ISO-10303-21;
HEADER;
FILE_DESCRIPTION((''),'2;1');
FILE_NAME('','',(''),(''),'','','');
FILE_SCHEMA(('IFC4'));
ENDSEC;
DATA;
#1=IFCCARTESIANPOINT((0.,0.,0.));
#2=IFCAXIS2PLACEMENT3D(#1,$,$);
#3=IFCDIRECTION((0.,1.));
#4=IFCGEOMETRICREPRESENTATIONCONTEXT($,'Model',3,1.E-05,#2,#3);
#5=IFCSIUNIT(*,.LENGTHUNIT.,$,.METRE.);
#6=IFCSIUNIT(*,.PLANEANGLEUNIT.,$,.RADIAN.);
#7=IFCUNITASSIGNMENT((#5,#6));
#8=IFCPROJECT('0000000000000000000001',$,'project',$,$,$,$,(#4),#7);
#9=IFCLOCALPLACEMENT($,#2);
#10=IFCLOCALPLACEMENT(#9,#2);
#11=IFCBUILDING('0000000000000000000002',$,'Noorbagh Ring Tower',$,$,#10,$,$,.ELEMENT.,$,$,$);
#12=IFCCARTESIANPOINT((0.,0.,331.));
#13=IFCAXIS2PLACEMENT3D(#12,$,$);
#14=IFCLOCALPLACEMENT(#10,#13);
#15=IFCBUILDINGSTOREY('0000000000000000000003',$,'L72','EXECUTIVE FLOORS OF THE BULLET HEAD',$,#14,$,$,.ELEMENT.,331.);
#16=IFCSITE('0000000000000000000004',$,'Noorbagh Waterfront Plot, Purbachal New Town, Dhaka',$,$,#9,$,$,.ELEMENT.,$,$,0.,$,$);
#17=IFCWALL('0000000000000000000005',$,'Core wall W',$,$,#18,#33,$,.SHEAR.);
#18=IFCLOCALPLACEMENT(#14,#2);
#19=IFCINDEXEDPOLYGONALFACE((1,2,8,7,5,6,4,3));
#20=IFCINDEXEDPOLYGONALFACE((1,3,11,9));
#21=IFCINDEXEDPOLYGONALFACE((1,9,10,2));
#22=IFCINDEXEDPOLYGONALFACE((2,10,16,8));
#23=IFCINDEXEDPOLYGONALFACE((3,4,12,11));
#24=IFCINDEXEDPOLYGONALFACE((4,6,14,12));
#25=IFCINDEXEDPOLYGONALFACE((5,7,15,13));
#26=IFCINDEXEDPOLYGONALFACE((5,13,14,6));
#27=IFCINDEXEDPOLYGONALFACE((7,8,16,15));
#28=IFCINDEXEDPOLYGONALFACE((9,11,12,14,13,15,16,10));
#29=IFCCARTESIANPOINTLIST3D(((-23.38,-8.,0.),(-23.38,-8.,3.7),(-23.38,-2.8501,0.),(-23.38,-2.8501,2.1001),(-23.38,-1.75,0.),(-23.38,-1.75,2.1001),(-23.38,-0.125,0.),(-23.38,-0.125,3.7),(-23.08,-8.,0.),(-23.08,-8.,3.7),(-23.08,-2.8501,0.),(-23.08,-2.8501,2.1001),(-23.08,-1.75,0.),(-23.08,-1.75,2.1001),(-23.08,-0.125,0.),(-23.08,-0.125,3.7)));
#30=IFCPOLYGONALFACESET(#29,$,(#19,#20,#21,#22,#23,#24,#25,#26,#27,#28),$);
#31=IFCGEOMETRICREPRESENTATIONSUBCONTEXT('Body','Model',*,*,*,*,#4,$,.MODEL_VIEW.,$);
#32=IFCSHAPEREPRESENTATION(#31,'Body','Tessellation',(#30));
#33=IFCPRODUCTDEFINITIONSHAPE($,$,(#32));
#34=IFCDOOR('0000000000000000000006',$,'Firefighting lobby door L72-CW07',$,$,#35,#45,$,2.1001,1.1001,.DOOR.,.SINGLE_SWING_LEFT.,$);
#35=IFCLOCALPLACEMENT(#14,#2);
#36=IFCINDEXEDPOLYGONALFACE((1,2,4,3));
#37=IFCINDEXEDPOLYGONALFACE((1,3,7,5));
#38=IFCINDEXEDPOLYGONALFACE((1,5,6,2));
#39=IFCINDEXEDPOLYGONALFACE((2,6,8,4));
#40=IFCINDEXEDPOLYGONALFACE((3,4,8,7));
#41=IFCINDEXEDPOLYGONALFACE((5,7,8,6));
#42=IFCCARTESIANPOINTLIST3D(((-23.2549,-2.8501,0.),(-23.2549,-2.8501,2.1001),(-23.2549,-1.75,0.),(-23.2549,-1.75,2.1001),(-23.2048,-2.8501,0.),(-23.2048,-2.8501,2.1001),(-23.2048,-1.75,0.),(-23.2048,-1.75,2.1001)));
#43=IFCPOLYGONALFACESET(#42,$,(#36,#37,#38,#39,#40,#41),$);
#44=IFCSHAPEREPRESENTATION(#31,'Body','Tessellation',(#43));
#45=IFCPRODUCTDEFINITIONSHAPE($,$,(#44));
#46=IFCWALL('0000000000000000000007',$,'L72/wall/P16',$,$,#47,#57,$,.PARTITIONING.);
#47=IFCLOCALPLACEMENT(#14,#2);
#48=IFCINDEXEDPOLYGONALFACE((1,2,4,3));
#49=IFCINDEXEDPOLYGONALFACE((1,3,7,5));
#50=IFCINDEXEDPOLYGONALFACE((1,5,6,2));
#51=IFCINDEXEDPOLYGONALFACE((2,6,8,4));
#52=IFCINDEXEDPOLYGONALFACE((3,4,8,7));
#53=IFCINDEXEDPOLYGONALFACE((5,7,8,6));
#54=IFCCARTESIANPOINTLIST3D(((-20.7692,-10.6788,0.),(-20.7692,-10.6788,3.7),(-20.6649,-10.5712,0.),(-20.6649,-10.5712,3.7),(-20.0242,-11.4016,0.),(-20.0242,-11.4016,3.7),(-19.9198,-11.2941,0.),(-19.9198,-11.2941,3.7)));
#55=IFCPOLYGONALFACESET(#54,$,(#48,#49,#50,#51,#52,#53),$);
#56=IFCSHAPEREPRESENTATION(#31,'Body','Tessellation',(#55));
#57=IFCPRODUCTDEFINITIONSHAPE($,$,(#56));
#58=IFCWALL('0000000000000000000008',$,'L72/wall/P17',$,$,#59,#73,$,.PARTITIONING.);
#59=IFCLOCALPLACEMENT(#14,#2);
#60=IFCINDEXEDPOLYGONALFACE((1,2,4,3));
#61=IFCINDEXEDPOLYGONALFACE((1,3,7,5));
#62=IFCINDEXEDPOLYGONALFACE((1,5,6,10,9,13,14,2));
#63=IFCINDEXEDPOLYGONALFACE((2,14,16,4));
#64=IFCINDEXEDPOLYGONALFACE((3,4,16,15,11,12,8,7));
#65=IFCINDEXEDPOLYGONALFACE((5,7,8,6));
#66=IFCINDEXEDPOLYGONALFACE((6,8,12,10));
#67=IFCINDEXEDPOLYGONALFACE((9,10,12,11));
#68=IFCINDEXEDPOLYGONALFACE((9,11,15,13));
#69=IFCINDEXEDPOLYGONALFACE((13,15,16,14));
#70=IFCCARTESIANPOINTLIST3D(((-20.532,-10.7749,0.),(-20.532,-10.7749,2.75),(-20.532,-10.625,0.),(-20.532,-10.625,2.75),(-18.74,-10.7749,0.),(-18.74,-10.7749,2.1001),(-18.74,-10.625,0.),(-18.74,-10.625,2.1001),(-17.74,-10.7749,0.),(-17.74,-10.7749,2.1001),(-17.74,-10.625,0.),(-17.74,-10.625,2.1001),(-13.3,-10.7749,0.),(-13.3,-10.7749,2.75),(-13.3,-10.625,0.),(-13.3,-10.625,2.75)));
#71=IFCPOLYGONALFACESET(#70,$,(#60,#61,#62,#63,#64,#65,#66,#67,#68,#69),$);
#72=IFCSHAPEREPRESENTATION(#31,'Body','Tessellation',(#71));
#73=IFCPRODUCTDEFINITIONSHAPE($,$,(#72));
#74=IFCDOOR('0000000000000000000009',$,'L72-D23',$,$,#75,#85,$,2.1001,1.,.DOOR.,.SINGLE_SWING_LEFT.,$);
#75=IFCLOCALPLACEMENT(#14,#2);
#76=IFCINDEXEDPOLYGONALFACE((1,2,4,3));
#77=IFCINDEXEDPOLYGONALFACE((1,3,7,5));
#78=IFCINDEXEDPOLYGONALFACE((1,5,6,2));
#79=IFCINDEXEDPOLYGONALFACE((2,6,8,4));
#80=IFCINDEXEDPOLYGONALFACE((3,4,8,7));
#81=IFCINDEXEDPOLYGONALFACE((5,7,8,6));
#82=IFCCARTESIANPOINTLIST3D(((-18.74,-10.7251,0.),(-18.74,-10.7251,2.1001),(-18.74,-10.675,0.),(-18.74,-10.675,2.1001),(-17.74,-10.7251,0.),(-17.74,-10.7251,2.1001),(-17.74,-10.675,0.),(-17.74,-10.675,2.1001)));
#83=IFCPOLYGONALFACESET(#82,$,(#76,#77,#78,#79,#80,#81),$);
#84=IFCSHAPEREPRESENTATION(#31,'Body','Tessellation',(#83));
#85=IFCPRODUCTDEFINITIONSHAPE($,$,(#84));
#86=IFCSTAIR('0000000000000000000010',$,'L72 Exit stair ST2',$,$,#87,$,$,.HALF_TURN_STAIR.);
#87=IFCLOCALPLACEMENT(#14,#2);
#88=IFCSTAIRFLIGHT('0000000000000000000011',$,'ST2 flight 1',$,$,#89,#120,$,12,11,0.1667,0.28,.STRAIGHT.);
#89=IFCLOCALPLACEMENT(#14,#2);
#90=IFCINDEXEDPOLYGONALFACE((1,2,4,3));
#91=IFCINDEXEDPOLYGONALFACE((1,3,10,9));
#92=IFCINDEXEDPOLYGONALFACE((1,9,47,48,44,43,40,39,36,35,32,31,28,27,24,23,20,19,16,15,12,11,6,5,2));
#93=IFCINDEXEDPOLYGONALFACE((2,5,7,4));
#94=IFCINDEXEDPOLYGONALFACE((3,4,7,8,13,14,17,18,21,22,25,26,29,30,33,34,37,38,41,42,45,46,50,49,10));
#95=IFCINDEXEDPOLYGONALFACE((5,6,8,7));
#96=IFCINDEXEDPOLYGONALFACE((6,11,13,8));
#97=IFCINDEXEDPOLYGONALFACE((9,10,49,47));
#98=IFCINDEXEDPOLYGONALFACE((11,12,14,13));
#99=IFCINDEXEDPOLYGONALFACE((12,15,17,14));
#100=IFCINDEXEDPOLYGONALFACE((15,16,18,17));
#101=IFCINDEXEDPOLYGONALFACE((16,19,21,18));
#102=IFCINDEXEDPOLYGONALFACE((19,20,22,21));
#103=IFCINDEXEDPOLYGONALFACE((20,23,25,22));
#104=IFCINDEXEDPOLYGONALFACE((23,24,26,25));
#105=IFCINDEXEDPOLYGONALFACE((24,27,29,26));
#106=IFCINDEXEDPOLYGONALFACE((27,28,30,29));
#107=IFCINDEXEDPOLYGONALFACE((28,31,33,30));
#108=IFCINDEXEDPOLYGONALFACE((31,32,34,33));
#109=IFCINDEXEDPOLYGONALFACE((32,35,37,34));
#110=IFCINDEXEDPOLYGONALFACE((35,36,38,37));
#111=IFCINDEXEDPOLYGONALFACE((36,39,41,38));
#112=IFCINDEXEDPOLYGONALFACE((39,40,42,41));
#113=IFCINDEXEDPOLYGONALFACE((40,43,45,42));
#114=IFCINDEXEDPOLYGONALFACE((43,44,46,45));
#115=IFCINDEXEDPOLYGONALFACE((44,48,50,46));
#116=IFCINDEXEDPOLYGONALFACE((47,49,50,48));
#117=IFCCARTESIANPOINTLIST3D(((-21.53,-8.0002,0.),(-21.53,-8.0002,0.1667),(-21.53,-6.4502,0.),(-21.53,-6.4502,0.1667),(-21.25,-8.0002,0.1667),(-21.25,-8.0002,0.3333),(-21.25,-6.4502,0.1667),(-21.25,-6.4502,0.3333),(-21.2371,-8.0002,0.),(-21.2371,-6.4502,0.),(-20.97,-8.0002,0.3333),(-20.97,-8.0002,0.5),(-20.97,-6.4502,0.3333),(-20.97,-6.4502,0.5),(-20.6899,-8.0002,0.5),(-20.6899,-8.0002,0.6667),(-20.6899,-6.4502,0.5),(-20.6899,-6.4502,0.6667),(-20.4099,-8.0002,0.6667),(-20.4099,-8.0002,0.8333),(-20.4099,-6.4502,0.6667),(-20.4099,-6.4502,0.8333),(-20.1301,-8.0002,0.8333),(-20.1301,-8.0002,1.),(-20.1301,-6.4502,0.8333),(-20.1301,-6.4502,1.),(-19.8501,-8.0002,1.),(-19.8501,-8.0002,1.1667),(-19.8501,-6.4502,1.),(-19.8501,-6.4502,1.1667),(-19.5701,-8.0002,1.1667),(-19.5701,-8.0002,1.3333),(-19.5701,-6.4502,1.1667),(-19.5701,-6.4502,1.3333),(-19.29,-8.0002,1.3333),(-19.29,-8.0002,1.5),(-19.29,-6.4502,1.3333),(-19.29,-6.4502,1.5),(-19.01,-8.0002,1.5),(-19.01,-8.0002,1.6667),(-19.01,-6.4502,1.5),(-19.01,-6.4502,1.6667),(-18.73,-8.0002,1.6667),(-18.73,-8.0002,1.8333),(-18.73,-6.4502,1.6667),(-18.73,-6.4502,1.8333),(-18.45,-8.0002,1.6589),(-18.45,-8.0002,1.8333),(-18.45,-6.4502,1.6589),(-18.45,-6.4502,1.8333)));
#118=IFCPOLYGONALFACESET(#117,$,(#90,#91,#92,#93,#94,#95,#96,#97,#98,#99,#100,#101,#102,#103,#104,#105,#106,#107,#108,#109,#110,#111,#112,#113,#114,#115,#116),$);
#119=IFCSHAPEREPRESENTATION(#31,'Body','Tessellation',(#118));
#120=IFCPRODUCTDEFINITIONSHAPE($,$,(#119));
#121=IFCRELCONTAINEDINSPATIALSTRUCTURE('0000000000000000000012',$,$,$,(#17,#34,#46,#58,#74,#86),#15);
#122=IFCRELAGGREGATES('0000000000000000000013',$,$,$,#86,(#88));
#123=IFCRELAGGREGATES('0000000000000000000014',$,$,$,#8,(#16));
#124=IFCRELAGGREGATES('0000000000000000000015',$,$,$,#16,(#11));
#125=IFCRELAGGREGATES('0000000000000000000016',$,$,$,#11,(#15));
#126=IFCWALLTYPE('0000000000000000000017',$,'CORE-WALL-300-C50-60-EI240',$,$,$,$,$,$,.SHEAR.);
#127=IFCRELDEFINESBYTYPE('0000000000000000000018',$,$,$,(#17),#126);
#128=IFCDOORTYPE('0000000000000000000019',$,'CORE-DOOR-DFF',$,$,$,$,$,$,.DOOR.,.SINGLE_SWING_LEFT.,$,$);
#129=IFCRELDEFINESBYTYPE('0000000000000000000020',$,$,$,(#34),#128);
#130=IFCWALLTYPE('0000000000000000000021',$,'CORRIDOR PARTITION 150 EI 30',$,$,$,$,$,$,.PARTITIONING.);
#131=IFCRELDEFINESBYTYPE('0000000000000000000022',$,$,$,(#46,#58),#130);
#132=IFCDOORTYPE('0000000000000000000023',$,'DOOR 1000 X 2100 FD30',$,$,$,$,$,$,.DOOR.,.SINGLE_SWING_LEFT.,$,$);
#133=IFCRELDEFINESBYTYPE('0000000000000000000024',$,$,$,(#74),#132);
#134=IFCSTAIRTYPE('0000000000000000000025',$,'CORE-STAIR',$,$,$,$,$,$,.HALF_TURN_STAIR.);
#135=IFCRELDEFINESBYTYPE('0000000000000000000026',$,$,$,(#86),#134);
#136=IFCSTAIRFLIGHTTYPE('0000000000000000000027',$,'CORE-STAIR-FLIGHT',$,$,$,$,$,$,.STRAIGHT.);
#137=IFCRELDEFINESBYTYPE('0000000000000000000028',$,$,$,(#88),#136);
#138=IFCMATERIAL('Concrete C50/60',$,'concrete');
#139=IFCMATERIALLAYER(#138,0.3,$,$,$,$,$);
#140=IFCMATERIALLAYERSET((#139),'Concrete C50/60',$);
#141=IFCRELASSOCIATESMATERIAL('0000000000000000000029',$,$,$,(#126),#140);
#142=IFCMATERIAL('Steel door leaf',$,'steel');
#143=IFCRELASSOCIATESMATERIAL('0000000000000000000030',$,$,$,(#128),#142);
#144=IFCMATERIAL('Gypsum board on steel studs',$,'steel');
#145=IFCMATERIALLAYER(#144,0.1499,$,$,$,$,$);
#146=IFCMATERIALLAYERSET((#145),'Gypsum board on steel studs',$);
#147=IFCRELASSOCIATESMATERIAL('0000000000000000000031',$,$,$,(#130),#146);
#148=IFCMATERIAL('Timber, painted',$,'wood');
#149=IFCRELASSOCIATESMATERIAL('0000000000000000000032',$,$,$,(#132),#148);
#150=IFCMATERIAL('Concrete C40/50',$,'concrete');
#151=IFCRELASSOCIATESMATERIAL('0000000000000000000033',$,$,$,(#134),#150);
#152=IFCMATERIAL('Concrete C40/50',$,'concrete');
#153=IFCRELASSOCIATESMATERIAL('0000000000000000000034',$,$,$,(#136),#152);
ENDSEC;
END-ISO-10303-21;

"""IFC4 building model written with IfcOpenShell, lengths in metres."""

from ifc_helpers import new_model, si_unit, direction, frame, frame_2d, origin, place, context, subcontext, project, spatial, polyline, rectangle, outline, extrude, material, layer, layer_set, type_object, element, fill, aggregate, save


model = new_model("IFC4")

# Units and contexts
model_context = context("Model", 3, precision=1e-05, world=origin(), true_north=direction((0.0, 1.0)))
body_context = subcontext(model_context, "Body", "Model", "MODEL_VIEW")
ifc_project = project(units=[si_unit("LENGTHUNIT", "METRE"), si_unit("PLANEANGLEUNIT", "RADIAN")], contexts=[model_context])

# Site, building, storey
site_placement = place(None, origin())
site = spatial("IfcSite", under=ifc_project, at=site_placement, Name="Noorbagh Waterfront Plot, Purbachal New Town, Dhaka", CompositionType="ELEMENT", RefElevation=0.0)
building_placement = place(site_placement, origin())
building = spatial("IfcBuilding", under=site, at=building_placement, Name="Noorbagh Ring Tower", CompositionType="ELEMENT")
storey_placement = place(building_placement, frame((0.0, 0.0, 331.0)))
storey = spatial("IfcBuildingStorey", under=building, at=storey_placement, Name="L72", Description="EXECUTIVE FLOORS OF THE BULLET HEAD", CompositionType="ELEMENT", Elevation=331.0)

# Wall, opening, door
ifc_material_1 = material(Name="Concrete C50/60", Category="concrete")
ifc_layer_1 = layer(ifc_material_1, 0.3)
ifc_layer_set_1 = layer_set([ifc_layer_1], Name="Concrete C50/60")
wall_type_1 = type_object("IfcWallType", Name="CORE-WALL-300-C50-60-EI240", PredefinedType="SHEAR", material=ifc_layer_set_1)
wall_1_placement = place(storey_placement, frame((-23.23, -8.0, 0.0), z_axis=(0.0, 0.0, 1.0), x_axis=(0.0, 1.0, 0.0)))
wall_1 = element("IfcWall", 1, at=wall_1_placement, inside=storey, type_object=wall_type_1, Name="Core wall W", PredefinedType="SHEAR", context=body_context, shape_type="SweptSolid", body=[
    extrude(rectangle(XDim=7.875, YDim=0.3, at=frame_2d((3.9375, 0.0))), origin(), (0.0, 0.0, 1.0), 3.7),
])
opening_1_placement = place(wall_1_placement, frame((5.1499, 0.0, 0.0)))
opening_1 = element("IfcOpeningElement", 2, at=opening_1_placement, cuts=wall_1, PredefinedType="OPENING", context=body_context, shape_type="SweptSolid", body=[
    extrude(rectangle(XDim=1.1001, YDim=2.1001, at=frame_2d((0.55, 1.05))), frame((0.0, 0.1602, 0.0), z_axis=(0.0, -1.0, 0.0), x_axis=(1.0, 0.0, 0.0)), (0.0, 0.0, 1.0), 0.3201),
])
ifc_material_2 = material(Name="Steel door leaf", Category="steel")
door_type_1 = type_object("IfcDoorType", Name="CORE-DOOR-DFF", OperationType="SINGLE_SWING_LEFT", PredefinedType="DOOR", material=ifc_material_2)
door_1_placement = place(opening_1_placement, origin())
door_1 = element("IfcDoor", 3, at=door_1_placement, inside=storey, type_object=door_type_1, Name="Firefighting lobby door L72-CW07", OperationType="SINGLE_SWING_LEFT", OverallHeight=2.1001, OverallWidth=1.1001, PredefinedType="DOOR", context=body_context, shape_type="SweptSolid", body=[
    extrude(rectangle(XDim=1.1001, YDim=2.1001, at=frame_2d((0.55, 1.05))), frame((0.0, 0.0249, 0.0), z_axis=(0.0, -1.0, 0.0), x_axis=(1.0, 0.0, 0.0)), (0.0, 0.0, 1.0), 0.05),
])
fill(opening_1, door_1)

# Wall
ifc_material_3 = material(Name="Gypsum board on steel studs", Category="steel")
ifc_layer_2 = layer(ifc_material_3, 0.1499)
ifc_layer_set_2 = layer_set([ifc_layer_2], Name="Gypsum board on steel studs")
wall_type_2 = type_object("IfcWallType", Name="CORRIDOR PARTITION 150 EI 30", PredefinedType="PARTITIONING", material=ifc_layer_set_2)
wall_2_placement = place(storey_placement, frame((-20.717, -10.625, 0.0), z_axis=(0.0, 0.0, 1.0), x_axis=(0.717726, -0.696326, 0.0)))
element("IfcWall", 4, at=wall_2_placement, inside=storey, type_object=wall_type_2, Name="L72/wall/P16", PredefinedType="PARTITIONING", context=body_context, shape_type="SweptSolid", body=[
    extrude(rectangle(XDim=1.0381, YDim=0.1499, at=frame_2d((0.519, 0.0))), origin(), (0.0, 0.0, 1.0), 3.7),
])

# Wall, opening, door
wall_3_placement = place(storey_placement, frame((-20.532, -10.7, 0.0), z_axis=(0.0, 0.0, 1.0), x_axis=(1.0, 0.0, 0.0)))
wall_3 = element("IfcWall", 5, at=wall_3_placement, inside=storey, type_object=wall_type_2, Name="L72/wall/P17", PredefinedType="PARTITIONING", context=body_context, shape_type="SweptSolid", body=[
    extrude(rectangle(XDim=7.2319, YDim=0.1499, at=frame_2d((3.616, 0.0))), origin(), (0.0, 0.0, 1.0), 2.75),
])
opening_2_placement = place(wall_3_placement, frame((1.792, 0.0, 0.0)))
opening_2 = element("IfcOpeningElement", 6, at=opening_2_placement, cuts=wall_3, PredefinedType="OPENING", context=body_context, shape_type="SweptSolid", body=[
    extrude(rectangle(XDim=1.0, YDim=2.1001, at=frame_2d((0.5, 1.05))), frame((0.0, 0.085, 0.0), z_axis=(0.0, -1.0, 0.0), x_axis=(1.0, 0.0, 0.0)), (0.0, 0.0, 1.0), 0.1699),
])
ifc_material_4 = material(Name="Timber, painted", Category="wood")
door_type_2 = type_object("IfcDoorType", Name="DOOR 1000 X 2100 FD30", OperationType="SINGLE_SWING_LEFT", PredefinedType="DOOR", material=ifc_material_4)
door_2_placement = place(opening_2_placement, origin())
door_2 = element("IfcDoor", 7, at=door_2_placement, inside=storey, type_object=door_type_2, Name="L72-D23", OperationType="SINGLE_SWING_LEFT", OverallHeight=2.1001, OverallWidth=1.0, PredefinedType="DOOR", context=body_context, shape_type="SweptSolid", body=[
    extrude(rectangle(XDim=1.0, YDim=2.1001, at=frame_2d((0.5, 1.05))), frame((0.0, 0.0249, 0.0), z_axis=(0.0, -1.0, 0.0), x_axis=(1.0, 0.0, 0.0)), (0.0, 0.0, 1.0), 0.05),
])
fill(opening_2, door_2)

# Stair, stair flight
ifc_material_5 = material(Name="Concrete C40/50", Category="concrete")
stair_type = type_object("IfcStairType", Name="CORE-STAIR", PredefinedType="HALF_TURN_STAIR", material=ifc_material_5)
stair_placement = place(storey_placement, origin())
stair = element("IfcStair", 8, at=stair_placement, inside=storey, type_object=stair_type, Name="L72 Exit stair ST2", PredefinedType="HALF_TURN_STAIR")
ifc_material_6 = material(Name="Concrete C40/50", Category="concrete")
stair_flight_type = type_object("IfcStairFlightType", Name="CORE-STAIR-FLIGHT", PredefinedType="STRAIGHT", material=ifc_material_6)
stair_flight_placement = place(storey_placement, frame((-21.53, -7.2251, 0.0), z_axis=(0.0, 0.0, 1.0), x_axis=(1.0, 0.0, 0.0)))
stair_flight = element("IfcStairFlight", 9, at=stair_flight_placement, type_object=stair_flight_type, Name="ST2 flight 1", NumberOfRisers=12, NumberOfTreads=11, PredefinedType="STRAIGHT", RiserHeight=0.1667, TreadLength=0.28, context=body_context, shape_type="SweptSolid", body=[
    extrude(outline(polyline([(0.0, 0.0), (0.0, 0.1667), (0.28, 0.1667), (0.28, 0.3333), (0.5601, 0.3333), (0.5601, 0.5), (0.8401, 0.5), (0.8401, 0.6667), (1.1201, 0.6667), (1.1201, 0.8333), (1.3999, 0.8333), (1.3999, 1.0), (1.6799, 1.0), (1.6799, 1.1667), (1.96, 1.1667), (1.96, 1.3333), (2.24, 1.3333), (2.24, 1.5), (2.52, 1.5), (2.52, 1.6667), (2.8, 1.6667), (2.8, 1.8333), (3.0801, 1.8333), (3.0801, 2.0), (3.0801, 1.6589), (0.293, 0.0), (0.0, 0.0)])), frame((0.0, 0.7749, 0.0), z_axis=(0.0, -1.0, 0.0), x_axis=(1.0, 0.0, 0.0)), (0.0, 0.0, 1.0), 1.55),
])
aggregate(stair, [stair_flight])

save(model, "model.ifc")
